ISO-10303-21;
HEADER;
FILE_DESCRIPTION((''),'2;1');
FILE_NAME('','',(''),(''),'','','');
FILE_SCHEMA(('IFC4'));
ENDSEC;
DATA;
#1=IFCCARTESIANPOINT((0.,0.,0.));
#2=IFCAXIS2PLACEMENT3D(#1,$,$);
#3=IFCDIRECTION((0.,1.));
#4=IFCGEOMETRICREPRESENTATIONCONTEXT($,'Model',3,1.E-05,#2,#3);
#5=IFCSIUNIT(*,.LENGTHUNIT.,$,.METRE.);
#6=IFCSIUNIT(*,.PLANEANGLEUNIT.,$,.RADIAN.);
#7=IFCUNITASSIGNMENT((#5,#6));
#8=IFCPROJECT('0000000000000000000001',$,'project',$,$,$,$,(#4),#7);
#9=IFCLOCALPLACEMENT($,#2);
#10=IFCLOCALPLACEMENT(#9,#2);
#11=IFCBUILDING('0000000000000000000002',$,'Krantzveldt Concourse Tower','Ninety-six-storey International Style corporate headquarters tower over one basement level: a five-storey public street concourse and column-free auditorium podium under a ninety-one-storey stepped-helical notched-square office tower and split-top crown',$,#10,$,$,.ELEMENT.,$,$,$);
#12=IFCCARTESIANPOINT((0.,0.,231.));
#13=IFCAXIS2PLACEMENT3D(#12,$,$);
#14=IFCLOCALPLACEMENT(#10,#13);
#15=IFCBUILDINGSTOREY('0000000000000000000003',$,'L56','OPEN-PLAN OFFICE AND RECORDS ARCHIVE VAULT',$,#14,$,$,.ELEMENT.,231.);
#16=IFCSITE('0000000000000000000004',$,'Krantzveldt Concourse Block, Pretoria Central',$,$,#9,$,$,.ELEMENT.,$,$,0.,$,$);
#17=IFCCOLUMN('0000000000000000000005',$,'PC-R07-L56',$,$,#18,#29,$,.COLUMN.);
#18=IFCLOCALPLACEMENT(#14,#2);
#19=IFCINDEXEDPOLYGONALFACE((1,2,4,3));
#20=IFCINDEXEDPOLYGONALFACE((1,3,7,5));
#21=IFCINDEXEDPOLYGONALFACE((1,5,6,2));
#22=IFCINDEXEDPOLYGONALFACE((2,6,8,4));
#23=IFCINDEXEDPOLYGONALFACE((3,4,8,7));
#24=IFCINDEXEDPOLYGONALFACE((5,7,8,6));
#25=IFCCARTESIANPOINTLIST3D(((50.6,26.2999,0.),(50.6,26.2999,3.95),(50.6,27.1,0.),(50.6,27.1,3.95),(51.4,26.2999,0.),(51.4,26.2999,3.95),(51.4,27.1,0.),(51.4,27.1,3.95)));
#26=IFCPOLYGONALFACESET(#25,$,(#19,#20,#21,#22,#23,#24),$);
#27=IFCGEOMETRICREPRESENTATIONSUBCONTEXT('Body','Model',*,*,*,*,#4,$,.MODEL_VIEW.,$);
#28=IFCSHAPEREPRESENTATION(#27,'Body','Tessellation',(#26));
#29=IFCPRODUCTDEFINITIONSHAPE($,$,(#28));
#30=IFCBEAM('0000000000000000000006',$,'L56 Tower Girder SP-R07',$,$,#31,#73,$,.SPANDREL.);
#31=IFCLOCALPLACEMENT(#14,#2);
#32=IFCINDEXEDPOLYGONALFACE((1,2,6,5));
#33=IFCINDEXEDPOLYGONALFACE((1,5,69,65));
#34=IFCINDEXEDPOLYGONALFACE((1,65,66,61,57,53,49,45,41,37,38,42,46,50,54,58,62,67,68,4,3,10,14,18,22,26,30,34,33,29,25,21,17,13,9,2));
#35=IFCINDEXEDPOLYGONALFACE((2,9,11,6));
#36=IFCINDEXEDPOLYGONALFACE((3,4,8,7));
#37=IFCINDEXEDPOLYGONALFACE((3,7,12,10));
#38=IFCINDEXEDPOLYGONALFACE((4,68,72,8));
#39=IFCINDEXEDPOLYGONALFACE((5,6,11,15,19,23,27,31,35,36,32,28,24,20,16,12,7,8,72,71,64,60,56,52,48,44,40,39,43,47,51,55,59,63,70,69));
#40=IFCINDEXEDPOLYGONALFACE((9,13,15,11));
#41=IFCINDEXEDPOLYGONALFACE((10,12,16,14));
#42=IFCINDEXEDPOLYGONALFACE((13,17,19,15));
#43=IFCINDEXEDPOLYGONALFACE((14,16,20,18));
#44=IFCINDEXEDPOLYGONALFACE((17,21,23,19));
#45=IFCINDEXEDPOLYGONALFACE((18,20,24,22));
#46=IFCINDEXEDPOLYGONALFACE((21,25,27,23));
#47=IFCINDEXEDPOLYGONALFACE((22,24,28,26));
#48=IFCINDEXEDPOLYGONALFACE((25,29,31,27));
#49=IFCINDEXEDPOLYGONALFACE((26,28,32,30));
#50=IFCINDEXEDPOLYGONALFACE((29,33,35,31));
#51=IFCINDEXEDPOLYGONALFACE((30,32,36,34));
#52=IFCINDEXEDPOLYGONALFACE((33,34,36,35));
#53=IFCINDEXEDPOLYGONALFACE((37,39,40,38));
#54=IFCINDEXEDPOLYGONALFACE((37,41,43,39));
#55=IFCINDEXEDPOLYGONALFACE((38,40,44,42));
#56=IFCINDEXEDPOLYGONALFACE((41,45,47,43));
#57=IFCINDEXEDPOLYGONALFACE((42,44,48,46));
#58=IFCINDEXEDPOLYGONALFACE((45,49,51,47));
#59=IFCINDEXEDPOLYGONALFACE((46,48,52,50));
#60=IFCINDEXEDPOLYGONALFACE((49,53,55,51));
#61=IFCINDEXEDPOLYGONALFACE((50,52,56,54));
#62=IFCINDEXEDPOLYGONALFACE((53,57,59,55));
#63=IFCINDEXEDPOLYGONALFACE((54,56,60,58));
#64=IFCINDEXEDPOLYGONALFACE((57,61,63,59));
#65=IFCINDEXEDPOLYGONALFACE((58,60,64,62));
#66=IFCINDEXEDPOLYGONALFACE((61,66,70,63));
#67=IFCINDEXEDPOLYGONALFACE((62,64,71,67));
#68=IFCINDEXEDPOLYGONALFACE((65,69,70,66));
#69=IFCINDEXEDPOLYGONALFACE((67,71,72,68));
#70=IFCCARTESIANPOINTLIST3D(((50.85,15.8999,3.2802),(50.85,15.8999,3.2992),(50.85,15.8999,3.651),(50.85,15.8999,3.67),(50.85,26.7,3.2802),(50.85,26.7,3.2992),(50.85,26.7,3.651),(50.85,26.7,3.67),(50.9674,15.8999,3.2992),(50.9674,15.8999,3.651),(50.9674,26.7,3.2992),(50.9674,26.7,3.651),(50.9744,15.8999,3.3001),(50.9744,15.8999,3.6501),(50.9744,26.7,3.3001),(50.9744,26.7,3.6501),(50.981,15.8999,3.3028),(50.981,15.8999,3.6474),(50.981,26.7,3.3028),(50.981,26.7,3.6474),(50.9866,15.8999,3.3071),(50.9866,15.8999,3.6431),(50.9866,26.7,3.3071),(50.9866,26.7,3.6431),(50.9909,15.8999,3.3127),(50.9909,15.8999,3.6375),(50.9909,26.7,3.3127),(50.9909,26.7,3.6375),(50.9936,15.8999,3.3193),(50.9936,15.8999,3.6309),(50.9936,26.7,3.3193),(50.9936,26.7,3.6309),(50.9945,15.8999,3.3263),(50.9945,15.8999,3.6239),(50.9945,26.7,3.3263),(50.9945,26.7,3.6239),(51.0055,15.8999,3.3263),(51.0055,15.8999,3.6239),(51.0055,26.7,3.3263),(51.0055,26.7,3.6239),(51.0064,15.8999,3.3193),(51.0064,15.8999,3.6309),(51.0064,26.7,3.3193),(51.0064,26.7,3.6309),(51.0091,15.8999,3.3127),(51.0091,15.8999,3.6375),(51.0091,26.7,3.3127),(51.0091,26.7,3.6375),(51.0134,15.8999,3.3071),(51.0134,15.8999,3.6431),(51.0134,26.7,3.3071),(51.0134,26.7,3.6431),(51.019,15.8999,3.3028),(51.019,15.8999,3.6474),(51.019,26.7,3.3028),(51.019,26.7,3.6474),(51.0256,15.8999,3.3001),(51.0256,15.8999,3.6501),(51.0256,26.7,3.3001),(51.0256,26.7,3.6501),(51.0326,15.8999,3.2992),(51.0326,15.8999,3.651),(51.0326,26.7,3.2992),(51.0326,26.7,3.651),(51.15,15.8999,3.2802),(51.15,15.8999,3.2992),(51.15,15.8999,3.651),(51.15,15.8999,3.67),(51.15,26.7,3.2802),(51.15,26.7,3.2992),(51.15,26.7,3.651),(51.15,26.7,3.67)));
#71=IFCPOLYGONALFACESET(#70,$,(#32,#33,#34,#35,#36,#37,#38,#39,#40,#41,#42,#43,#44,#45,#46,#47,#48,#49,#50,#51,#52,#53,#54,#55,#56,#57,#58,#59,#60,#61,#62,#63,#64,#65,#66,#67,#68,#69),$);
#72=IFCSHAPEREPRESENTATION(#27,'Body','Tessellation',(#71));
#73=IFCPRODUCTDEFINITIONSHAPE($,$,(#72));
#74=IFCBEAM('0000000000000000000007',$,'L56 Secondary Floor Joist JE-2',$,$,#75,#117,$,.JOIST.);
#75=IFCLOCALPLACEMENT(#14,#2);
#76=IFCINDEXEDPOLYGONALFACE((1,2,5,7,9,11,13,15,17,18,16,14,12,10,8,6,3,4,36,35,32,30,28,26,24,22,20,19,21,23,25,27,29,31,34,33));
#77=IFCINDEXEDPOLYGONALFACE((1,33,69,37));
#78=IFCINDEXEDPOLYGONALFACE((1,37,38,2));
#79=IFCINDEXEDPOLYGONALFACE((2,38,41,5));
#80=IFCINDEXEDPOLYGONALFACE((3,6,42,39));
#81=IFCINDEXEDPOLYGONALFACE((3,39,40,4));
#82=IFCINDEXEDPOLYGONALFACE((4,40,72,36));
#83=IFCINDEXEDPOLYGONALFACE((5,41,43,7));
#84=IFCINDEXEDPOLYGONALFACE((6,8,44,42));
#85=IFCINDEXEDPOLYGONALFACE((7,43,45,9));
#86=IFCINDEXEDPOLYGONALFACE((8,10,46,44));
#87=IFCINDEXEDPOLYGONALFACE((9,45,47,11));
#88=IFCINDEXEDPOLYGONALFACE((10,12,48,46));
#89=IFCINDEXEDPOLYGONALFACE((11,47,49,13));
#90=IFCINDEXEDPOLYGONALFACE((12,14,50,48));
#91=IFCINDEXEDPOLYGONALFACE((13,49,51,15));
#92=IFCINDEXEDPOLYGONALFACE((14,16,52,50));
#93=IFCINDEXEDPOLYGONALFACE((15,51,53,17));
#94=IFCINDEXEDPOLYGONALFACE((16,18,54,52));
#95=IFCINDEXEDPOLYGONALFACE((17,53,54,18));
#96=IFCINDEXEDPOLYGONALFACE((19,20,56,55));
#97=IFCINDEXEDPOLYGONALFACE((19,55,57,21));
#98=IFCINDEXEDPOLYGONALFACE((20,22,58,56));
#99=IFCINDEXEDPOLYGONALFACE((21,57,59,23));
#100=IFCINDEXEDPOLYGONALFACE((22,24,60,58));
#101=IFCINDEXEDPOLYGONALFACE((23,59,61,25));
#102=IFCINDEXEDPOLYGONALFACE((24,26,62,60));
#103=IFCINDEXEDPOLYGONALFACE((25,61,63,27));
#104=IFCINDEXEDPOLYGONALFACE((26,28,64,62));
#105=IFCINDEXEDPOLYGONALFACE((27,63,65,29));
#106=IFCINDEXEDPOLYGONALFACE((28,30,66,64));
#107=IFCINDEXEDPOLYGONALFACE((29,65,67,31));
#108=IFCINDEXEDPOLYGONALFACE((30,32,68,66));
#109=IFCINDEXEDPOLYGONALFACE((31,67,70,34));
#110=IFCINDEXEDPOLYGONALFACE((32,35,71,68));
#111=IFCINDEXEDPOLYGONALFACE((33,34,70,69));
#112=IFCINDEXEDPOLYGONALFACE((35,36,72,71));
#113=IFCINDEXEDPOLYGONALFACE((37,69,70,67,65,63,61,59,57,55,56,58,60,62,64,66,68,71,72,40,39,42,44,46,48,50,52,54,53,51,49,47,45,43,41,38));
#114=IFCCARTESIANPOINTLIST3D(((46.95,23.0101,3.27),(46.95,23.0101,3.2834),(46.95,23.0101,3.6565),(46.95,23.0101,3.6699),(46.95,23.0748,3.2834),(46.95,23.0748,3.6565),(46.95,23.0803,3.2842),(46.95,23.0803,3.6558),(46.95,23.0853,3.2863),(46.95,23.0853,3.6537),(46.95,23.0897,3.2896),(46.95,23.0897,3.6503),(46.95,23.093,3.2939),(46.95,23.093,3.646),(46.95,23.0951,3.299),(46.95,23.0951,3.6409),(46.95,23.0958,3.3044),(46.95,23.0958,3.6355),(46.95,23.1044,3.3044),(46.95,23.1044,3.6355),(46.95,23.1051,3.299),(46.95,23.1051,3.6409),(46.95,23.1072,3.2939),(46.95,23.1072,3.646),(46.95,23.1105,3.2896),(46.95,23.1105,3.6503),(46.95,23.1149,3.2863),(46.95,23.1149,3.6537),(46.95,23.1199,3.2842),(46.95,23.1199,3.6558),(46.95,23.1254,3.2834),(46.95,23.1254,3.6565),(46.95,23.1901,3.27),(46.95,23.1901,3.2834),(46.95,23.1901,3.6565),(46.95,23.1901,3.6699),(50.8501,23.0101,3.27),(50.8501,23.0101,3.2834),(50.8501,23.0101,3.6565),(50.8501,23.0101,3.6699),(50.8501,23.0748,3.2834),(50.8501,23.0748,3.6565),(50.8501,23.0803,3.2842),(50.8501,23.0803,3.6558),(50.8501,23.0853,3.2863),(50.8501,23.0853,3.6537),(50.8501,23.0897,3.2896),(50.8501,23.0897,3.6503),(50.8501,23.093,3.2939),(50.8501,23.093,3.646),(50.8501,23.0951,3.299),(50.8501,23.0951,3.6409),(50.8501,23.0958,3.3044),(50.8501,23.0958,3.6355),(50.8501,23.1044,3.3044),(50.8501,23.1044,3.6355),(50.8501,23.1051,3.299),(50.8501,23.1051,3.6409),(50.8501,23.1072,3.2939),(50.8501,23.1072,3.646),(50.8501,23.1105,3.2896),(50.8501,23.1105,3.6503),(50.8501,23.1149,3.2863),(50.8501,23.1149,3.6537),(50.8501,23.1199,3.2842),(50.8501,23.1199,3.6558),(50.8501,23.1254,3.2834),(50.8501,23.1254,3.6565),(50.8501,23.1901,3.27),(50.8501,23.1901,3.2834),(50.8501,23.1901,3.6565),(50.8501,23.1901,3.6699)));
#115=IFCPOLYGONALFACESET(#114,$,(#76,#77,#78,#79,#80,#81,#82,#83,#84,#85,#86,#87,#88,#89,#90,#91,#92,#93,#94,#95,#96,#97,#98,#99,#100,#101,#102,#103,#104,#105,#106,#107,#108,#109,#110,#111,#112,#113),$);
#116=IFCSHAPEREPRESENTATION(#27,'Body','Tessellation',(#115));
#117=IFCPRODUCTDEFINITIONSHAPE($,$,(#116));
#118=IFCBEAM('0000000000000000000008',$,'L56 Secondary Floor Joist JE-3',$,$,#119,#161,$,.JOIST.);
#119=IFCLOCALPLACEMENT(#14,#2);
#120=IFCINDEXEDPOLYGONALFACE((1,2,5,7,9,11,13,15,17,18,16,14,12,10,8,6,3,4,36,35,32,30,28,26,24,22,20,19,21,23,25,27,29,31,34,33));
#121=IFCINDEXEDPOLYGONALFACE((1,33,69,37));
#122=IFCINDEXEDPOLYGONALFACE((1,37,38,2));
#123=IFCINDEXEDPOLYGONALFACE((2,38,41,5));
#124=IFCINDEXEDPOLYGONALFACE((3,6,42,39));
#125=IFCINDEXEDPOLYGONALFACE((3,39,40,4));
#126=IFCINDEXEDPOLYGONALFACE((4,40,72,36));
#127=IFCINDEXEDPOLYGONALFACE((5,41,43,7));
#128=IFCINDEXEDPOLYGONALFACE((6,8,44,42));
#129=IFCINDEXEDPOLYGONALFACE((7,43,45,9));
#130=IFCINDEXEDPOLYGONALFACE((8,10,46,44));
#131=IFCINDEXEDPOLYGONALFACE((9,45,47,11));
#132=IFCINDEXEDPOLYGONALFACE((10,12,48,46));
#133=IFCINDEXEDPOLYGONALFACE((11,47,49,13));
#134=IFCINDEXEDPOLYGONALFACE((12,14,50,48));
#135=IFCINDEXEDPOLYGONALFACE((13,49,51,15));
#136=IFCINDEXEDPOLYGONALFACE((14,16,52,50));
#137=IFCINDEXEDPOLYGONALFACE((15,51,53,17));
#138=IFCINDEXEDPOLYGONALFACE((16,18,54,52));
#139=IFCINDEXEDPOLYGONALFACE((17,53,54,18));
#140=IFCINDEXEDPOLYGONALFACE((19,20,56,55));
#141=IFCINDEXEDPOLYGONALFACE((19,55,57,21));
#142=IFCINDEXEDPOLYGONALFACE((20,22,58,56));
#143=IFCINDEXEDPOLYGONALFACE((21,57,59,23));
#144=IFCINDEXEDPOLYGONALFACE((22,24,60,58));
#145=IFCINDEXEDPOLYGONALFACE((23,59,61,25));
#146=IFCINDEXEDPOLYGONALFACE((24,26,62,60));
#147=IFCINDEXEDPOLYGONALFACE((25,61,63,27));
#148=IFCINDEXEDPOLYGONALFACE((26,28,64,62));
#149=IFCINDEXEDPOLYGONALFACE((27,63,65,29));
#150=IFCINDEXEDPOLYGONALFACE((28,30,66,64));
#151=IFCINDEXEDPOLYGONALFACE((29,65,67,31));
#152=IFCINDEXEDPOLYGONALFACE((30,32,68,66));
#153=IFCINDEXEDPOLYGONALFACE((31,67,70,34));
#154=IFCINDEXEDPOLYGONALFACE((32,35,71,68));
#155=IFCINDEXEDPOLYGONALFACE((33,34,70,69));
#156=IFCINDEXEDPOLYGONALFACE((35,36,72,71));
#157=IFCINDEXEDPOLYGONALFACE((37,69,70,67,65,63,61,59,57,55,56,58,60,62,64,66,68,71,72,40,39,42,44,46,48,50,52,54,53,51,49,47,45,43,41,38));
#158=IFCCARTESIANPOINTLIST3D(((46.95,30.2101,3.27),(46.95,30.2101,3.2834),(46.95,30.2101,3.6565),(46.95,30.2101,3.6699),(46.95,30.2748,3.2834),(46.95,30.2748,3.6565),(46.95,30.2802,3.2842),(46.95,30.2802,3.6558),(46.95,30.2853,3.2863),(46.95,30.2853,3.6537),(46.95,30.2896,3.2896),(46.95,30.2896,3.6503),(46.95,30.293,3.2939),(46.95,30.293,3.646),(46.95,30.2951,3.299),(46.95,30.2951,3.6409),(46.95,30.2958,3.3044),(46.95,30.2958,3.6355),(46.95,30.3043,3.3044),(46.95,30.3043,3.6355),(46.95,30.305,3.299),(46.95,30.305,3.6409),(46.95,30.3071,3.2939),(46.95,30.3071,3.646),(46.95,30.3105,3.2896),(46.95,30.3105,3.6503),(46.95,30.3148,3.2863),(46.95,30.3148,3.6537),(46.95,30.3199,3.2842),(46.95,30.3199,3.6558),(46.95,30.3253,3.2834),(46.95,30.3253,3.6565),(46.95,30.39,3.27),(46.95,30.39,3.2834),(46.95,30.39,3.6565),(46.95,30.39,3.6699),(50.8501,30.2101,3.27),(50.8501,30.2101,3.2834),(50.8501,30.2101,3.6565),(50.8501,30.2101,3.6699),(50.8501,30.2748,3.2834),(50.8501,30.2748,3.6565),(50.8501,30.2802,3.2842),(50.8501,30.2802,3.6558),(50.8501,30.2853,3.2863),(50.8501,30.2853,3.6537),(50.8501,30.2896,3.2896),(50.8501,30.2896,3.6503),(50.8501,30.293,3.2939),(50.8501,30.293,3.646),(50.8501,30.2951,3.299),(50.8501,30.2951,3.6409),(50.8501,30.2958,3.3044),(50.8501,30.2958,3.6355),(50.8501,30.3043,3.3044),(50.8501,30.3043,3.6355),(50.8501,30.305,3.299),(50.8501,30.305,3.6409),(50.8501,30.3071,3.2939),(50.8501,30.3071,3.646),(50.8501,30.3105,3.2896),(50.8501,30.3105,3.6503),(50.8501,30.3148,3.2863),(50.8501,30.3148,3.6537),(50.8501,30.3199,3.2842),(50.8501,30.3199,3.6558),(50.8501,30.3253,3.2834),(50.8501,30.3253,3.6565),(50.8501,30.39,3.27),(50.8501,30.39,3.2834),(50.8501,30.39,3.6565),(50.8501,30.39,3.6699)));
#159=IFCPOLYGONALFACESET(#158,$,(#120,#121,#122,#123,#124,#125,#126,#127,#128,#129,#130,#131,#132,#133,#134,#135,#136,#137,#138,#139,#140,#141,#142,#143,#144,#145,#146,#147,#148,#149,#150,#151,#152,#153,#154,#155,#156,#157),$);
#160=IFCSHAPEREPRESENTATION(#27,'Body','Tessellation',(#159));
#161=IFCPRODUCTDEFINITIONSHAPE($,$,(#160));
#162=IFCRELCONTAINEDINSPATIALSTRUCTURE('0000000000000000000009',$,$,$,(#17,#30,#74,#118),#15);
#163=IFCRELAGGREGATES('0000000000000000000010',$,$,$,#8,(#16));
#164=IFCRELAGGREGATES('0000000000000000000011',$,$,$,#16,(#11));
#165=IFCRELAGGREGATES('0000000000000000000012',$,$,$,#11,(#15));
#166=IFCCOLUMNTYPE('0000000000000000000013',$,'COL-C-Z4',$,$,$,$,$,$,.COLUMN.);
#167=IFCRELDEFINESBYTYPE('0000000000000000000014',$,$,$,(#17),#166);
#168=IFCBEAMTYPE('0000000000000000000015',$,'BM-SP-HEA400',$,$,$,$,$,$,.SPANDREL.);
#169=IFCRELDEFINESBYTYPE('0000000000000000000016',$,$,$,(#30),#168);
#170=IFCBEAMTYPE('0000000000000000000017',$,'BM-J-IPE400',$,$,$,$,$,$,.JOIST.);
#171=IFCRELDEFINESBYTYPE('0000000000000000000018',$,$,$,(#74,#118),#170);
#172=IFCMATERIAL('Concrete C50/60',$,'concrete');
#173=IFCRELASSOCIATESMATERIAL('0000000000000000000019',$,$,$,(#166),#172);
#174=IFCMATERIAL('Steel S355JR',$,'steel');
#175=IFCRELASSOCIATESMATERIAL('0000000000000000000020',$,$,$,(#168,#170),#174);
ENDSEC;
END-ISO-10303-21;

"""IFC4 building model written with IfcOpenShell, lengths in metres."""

from ifc_helpers import new_model, si_unit, direction, frame, origin, origin_2d, place, context, subcontext, project, spatial, rectangle, i_section, extrude, source, transform, mapped, material, material_profile, profile_set, type_object, type_shapes, element, save


model = new_model("IFC4")

# Units and contexts
model_context = context("Model", 3, precision=1e-05, world=origin(), true_north=direction((0.0, 1.0)))
body_context = subcontext(model_context, "Body", "Model", "MODEL_VIEW")
ifc_project = project(units=[si_unit("LENGTHUNIT", "METRE"), si_unit("PLANEANGLEUNIT", "RADIAN")], contexts=[model_context])

# Site, building, storey
site_placement = place(None, origin())
site = spatial("IfcSite", under=ifc_project, at=site_placement, Name="Krantzveldt Concourse Block, Pretoria Central", CompositionType="ELEMENT", RefElevation=0.0)
building_placement = place(site_placement, origin())
building = spatial("IfcBuilding", under=site, at=building_placement, Name="Krantzveldt Concourse Tower", Description="Ninety-six-storey International Style corporate headquarters tower over one basement level: a five-storey public street concourse and column-free auditorium podium under a ninety-one-storey stepped-helical notched-square office tower and split-top crown", CompositionType="ELEMENT")
storey_placement = place(building_placement, frame((0.0, 0.0, 231.0)))
storey = spatial("IfcBuildingStorey", under=building, at=storey_placement, Name="L56", Description="OPEN-PLAN OFFICE AND RECORDS ARCHIVE VAULT", CompositionType="ELEMENT", Elevation=231.0)

# Column
ifc_material_1 = material(Name="Concrete C50/60", Category="concrete")
ifc_material_profile_1 = material_profile(ifc_material_1, rectangle(XDim=0.8, YDim=0.8, at=origin_2d()), Name="Concrete C50/60", Category="concrete")
ifc_profile_set_1 = profile_set([ifc_material_profile_1], Name="Concrete C50/60 - RC 800x800")
column_type = type_object("IfcColumnType", Name="COL-C-Z4", PredefinedType="COLUMN", material=ifc_profile_set_1)
shared_shape_1 = source(origin(), body_context, "Body", "SweptSolid", [
    extrude(rectangle(XDim=0.8, YDim=0.8, at=origin_2d()), origin(), (0.0, 0.0, 1.0), 3.95),
])
type_shapes(column_type, [shared_shape_1])
column_placement = place(storey_placement, frame((51.0, 26.7, 0.0), z_axis=(0.0, 0.0, 1.0), x_axis=(1.0, 0.0, 0.0)))
element("IfcColumn", 1, at=column_placement, inside=storey, type_object=column_type, Name="PC-R07-L56", PredefinedType="COLUMN", context=body_context, shape_type="MappedRepresentation", body=[
    mapped(shared_shape_1, transform((0.0, 0.0, 0.0), x_axis=(1.0, 0.0, 0.0), y_axis=(0.0, 1.0, 0.0), z_axis=(0.0, 0.0, 1.0), scale=1.0)),
])

# Beams
ifc_material_2 = material(Name="Steel S355JR", Category="steel")
ifc_material_profile_2 = material_profile(ifc_material_2, i_section(OverallWidth=0.3, OverallDepth=0.3899, WebThickness=0.011, FlangeThickness=0.019, FilletRadius=0.0271, at=origin_2d()), Name="Steel S355JR", Category="steel")
ifc_profile_set_2 = profile_set([ifc_material_profile_2], Name="Steel S355JR - HEA 400")
beam_type_1 = type_object("IfcBeamType", Name="BM-SP-HEA400", PredefinedType="SPANDREL", material=ifc_profile_set_2)
shared_shape_2 = source(origin(), body_context, "Body", "SweptSolid", [
    extrude(i_section(OverallWidth=0.3, OverallDepth=0.3899, WebThickness=0.011, FlangeThickness=0.019, FilletRadius=0.0271, at=origin_2d()), origin(), (0.0, 0.0, 1.0), 10.8),
])
type_shapes(beam_type_1, [shared_shape_2])
beam_placement = place(storey_placement, frame((51.0, 26.7, 3.4751), z_axis=(0.0, -1.0, 0.0), x_axis=(1.0, 0.0, 0.0)))
element("IfcBeam", 2, at=beam_placement, inside=storey, type_object=beam_type_1, Name="L56 Tower Girder SP-R07", PredefinedType="SPANDREL", context=body_context, shape_type="MappedRepresentation", body=[
    mapped(shared_shape_2, transform((0.0, 0.0, 0.0), x_axis=(1.0, 0.0, 0.0), y_axis=(0.0, 1.0, 0.0), z_axis=(0.0, 0.0, 1.0), scale=1.0)),
])
ifc_material_profile_3 = material_profile(ifc_material_2, i_section(OverallWidth=0.1799, OverallDepth=0.3999, WebThickness=0.0085, FlangeThickness=0.0134, FilletRadius=0.021, at=origin_2d()), Name="Steel S355JR", Category="steel")
ifc_profile_set_3 = profile_set([ifc_material_profile_3], Name="Steel S355JR - IPE 400")
beam_type_2 = type_object("IfcBeamType", Name="BM-J-IPE400", PredefinedType="JOIST", material=ifc_profile_set_3)
shared_shape_3 = source(origin(), body_context, "Body", "SweptSolid", [
    extrude(i_section(OverallWidth=0.1799, OverallDepth=0.3999, WebThickness=0.0085, FlangeThickness=0.0134, FilletRadius=0.021, at=origin_2d()), origin(), (0.0, 0.0, 1.0), 3.9001),
])
type_shapes(beam_type_2, [shared_shape_3])
for number, where, z_axis, x_axis, name in (
    (3, (46.95, 23.1001, 3.47), (1.0, 0.0, 0.0), (0.0, 1.0, 0.0), "L56 Secondary Floor Joist JE-2"),
    (4, (46.95, 30.3, 3.47), (1.0, 0.0, 0.0), (0.0, 1.0, 0.0), "L56 Secondary Floor Joist JE-3"),
):
    element("IfcBeam", number, at=place(storey_placement, frame(where, z_axis=z_axis, x_axis=x_axis)), inside=storey, type_object=beam_type_2, Name=name, PredefinedType="JOIST", context=body_context, shape_type="MappedRepresentation", body=[
        mapped(shared_shape_3, transform((0.0, 0.0, 0.0), x_axis=(1.0, 0.0, 0.0), y_axis=(0.0, 1.0, 0.0), z_axis=(0.0, 0.0, 1.0), scale=1.0)),
    ])

save(model, "model.ifc")
